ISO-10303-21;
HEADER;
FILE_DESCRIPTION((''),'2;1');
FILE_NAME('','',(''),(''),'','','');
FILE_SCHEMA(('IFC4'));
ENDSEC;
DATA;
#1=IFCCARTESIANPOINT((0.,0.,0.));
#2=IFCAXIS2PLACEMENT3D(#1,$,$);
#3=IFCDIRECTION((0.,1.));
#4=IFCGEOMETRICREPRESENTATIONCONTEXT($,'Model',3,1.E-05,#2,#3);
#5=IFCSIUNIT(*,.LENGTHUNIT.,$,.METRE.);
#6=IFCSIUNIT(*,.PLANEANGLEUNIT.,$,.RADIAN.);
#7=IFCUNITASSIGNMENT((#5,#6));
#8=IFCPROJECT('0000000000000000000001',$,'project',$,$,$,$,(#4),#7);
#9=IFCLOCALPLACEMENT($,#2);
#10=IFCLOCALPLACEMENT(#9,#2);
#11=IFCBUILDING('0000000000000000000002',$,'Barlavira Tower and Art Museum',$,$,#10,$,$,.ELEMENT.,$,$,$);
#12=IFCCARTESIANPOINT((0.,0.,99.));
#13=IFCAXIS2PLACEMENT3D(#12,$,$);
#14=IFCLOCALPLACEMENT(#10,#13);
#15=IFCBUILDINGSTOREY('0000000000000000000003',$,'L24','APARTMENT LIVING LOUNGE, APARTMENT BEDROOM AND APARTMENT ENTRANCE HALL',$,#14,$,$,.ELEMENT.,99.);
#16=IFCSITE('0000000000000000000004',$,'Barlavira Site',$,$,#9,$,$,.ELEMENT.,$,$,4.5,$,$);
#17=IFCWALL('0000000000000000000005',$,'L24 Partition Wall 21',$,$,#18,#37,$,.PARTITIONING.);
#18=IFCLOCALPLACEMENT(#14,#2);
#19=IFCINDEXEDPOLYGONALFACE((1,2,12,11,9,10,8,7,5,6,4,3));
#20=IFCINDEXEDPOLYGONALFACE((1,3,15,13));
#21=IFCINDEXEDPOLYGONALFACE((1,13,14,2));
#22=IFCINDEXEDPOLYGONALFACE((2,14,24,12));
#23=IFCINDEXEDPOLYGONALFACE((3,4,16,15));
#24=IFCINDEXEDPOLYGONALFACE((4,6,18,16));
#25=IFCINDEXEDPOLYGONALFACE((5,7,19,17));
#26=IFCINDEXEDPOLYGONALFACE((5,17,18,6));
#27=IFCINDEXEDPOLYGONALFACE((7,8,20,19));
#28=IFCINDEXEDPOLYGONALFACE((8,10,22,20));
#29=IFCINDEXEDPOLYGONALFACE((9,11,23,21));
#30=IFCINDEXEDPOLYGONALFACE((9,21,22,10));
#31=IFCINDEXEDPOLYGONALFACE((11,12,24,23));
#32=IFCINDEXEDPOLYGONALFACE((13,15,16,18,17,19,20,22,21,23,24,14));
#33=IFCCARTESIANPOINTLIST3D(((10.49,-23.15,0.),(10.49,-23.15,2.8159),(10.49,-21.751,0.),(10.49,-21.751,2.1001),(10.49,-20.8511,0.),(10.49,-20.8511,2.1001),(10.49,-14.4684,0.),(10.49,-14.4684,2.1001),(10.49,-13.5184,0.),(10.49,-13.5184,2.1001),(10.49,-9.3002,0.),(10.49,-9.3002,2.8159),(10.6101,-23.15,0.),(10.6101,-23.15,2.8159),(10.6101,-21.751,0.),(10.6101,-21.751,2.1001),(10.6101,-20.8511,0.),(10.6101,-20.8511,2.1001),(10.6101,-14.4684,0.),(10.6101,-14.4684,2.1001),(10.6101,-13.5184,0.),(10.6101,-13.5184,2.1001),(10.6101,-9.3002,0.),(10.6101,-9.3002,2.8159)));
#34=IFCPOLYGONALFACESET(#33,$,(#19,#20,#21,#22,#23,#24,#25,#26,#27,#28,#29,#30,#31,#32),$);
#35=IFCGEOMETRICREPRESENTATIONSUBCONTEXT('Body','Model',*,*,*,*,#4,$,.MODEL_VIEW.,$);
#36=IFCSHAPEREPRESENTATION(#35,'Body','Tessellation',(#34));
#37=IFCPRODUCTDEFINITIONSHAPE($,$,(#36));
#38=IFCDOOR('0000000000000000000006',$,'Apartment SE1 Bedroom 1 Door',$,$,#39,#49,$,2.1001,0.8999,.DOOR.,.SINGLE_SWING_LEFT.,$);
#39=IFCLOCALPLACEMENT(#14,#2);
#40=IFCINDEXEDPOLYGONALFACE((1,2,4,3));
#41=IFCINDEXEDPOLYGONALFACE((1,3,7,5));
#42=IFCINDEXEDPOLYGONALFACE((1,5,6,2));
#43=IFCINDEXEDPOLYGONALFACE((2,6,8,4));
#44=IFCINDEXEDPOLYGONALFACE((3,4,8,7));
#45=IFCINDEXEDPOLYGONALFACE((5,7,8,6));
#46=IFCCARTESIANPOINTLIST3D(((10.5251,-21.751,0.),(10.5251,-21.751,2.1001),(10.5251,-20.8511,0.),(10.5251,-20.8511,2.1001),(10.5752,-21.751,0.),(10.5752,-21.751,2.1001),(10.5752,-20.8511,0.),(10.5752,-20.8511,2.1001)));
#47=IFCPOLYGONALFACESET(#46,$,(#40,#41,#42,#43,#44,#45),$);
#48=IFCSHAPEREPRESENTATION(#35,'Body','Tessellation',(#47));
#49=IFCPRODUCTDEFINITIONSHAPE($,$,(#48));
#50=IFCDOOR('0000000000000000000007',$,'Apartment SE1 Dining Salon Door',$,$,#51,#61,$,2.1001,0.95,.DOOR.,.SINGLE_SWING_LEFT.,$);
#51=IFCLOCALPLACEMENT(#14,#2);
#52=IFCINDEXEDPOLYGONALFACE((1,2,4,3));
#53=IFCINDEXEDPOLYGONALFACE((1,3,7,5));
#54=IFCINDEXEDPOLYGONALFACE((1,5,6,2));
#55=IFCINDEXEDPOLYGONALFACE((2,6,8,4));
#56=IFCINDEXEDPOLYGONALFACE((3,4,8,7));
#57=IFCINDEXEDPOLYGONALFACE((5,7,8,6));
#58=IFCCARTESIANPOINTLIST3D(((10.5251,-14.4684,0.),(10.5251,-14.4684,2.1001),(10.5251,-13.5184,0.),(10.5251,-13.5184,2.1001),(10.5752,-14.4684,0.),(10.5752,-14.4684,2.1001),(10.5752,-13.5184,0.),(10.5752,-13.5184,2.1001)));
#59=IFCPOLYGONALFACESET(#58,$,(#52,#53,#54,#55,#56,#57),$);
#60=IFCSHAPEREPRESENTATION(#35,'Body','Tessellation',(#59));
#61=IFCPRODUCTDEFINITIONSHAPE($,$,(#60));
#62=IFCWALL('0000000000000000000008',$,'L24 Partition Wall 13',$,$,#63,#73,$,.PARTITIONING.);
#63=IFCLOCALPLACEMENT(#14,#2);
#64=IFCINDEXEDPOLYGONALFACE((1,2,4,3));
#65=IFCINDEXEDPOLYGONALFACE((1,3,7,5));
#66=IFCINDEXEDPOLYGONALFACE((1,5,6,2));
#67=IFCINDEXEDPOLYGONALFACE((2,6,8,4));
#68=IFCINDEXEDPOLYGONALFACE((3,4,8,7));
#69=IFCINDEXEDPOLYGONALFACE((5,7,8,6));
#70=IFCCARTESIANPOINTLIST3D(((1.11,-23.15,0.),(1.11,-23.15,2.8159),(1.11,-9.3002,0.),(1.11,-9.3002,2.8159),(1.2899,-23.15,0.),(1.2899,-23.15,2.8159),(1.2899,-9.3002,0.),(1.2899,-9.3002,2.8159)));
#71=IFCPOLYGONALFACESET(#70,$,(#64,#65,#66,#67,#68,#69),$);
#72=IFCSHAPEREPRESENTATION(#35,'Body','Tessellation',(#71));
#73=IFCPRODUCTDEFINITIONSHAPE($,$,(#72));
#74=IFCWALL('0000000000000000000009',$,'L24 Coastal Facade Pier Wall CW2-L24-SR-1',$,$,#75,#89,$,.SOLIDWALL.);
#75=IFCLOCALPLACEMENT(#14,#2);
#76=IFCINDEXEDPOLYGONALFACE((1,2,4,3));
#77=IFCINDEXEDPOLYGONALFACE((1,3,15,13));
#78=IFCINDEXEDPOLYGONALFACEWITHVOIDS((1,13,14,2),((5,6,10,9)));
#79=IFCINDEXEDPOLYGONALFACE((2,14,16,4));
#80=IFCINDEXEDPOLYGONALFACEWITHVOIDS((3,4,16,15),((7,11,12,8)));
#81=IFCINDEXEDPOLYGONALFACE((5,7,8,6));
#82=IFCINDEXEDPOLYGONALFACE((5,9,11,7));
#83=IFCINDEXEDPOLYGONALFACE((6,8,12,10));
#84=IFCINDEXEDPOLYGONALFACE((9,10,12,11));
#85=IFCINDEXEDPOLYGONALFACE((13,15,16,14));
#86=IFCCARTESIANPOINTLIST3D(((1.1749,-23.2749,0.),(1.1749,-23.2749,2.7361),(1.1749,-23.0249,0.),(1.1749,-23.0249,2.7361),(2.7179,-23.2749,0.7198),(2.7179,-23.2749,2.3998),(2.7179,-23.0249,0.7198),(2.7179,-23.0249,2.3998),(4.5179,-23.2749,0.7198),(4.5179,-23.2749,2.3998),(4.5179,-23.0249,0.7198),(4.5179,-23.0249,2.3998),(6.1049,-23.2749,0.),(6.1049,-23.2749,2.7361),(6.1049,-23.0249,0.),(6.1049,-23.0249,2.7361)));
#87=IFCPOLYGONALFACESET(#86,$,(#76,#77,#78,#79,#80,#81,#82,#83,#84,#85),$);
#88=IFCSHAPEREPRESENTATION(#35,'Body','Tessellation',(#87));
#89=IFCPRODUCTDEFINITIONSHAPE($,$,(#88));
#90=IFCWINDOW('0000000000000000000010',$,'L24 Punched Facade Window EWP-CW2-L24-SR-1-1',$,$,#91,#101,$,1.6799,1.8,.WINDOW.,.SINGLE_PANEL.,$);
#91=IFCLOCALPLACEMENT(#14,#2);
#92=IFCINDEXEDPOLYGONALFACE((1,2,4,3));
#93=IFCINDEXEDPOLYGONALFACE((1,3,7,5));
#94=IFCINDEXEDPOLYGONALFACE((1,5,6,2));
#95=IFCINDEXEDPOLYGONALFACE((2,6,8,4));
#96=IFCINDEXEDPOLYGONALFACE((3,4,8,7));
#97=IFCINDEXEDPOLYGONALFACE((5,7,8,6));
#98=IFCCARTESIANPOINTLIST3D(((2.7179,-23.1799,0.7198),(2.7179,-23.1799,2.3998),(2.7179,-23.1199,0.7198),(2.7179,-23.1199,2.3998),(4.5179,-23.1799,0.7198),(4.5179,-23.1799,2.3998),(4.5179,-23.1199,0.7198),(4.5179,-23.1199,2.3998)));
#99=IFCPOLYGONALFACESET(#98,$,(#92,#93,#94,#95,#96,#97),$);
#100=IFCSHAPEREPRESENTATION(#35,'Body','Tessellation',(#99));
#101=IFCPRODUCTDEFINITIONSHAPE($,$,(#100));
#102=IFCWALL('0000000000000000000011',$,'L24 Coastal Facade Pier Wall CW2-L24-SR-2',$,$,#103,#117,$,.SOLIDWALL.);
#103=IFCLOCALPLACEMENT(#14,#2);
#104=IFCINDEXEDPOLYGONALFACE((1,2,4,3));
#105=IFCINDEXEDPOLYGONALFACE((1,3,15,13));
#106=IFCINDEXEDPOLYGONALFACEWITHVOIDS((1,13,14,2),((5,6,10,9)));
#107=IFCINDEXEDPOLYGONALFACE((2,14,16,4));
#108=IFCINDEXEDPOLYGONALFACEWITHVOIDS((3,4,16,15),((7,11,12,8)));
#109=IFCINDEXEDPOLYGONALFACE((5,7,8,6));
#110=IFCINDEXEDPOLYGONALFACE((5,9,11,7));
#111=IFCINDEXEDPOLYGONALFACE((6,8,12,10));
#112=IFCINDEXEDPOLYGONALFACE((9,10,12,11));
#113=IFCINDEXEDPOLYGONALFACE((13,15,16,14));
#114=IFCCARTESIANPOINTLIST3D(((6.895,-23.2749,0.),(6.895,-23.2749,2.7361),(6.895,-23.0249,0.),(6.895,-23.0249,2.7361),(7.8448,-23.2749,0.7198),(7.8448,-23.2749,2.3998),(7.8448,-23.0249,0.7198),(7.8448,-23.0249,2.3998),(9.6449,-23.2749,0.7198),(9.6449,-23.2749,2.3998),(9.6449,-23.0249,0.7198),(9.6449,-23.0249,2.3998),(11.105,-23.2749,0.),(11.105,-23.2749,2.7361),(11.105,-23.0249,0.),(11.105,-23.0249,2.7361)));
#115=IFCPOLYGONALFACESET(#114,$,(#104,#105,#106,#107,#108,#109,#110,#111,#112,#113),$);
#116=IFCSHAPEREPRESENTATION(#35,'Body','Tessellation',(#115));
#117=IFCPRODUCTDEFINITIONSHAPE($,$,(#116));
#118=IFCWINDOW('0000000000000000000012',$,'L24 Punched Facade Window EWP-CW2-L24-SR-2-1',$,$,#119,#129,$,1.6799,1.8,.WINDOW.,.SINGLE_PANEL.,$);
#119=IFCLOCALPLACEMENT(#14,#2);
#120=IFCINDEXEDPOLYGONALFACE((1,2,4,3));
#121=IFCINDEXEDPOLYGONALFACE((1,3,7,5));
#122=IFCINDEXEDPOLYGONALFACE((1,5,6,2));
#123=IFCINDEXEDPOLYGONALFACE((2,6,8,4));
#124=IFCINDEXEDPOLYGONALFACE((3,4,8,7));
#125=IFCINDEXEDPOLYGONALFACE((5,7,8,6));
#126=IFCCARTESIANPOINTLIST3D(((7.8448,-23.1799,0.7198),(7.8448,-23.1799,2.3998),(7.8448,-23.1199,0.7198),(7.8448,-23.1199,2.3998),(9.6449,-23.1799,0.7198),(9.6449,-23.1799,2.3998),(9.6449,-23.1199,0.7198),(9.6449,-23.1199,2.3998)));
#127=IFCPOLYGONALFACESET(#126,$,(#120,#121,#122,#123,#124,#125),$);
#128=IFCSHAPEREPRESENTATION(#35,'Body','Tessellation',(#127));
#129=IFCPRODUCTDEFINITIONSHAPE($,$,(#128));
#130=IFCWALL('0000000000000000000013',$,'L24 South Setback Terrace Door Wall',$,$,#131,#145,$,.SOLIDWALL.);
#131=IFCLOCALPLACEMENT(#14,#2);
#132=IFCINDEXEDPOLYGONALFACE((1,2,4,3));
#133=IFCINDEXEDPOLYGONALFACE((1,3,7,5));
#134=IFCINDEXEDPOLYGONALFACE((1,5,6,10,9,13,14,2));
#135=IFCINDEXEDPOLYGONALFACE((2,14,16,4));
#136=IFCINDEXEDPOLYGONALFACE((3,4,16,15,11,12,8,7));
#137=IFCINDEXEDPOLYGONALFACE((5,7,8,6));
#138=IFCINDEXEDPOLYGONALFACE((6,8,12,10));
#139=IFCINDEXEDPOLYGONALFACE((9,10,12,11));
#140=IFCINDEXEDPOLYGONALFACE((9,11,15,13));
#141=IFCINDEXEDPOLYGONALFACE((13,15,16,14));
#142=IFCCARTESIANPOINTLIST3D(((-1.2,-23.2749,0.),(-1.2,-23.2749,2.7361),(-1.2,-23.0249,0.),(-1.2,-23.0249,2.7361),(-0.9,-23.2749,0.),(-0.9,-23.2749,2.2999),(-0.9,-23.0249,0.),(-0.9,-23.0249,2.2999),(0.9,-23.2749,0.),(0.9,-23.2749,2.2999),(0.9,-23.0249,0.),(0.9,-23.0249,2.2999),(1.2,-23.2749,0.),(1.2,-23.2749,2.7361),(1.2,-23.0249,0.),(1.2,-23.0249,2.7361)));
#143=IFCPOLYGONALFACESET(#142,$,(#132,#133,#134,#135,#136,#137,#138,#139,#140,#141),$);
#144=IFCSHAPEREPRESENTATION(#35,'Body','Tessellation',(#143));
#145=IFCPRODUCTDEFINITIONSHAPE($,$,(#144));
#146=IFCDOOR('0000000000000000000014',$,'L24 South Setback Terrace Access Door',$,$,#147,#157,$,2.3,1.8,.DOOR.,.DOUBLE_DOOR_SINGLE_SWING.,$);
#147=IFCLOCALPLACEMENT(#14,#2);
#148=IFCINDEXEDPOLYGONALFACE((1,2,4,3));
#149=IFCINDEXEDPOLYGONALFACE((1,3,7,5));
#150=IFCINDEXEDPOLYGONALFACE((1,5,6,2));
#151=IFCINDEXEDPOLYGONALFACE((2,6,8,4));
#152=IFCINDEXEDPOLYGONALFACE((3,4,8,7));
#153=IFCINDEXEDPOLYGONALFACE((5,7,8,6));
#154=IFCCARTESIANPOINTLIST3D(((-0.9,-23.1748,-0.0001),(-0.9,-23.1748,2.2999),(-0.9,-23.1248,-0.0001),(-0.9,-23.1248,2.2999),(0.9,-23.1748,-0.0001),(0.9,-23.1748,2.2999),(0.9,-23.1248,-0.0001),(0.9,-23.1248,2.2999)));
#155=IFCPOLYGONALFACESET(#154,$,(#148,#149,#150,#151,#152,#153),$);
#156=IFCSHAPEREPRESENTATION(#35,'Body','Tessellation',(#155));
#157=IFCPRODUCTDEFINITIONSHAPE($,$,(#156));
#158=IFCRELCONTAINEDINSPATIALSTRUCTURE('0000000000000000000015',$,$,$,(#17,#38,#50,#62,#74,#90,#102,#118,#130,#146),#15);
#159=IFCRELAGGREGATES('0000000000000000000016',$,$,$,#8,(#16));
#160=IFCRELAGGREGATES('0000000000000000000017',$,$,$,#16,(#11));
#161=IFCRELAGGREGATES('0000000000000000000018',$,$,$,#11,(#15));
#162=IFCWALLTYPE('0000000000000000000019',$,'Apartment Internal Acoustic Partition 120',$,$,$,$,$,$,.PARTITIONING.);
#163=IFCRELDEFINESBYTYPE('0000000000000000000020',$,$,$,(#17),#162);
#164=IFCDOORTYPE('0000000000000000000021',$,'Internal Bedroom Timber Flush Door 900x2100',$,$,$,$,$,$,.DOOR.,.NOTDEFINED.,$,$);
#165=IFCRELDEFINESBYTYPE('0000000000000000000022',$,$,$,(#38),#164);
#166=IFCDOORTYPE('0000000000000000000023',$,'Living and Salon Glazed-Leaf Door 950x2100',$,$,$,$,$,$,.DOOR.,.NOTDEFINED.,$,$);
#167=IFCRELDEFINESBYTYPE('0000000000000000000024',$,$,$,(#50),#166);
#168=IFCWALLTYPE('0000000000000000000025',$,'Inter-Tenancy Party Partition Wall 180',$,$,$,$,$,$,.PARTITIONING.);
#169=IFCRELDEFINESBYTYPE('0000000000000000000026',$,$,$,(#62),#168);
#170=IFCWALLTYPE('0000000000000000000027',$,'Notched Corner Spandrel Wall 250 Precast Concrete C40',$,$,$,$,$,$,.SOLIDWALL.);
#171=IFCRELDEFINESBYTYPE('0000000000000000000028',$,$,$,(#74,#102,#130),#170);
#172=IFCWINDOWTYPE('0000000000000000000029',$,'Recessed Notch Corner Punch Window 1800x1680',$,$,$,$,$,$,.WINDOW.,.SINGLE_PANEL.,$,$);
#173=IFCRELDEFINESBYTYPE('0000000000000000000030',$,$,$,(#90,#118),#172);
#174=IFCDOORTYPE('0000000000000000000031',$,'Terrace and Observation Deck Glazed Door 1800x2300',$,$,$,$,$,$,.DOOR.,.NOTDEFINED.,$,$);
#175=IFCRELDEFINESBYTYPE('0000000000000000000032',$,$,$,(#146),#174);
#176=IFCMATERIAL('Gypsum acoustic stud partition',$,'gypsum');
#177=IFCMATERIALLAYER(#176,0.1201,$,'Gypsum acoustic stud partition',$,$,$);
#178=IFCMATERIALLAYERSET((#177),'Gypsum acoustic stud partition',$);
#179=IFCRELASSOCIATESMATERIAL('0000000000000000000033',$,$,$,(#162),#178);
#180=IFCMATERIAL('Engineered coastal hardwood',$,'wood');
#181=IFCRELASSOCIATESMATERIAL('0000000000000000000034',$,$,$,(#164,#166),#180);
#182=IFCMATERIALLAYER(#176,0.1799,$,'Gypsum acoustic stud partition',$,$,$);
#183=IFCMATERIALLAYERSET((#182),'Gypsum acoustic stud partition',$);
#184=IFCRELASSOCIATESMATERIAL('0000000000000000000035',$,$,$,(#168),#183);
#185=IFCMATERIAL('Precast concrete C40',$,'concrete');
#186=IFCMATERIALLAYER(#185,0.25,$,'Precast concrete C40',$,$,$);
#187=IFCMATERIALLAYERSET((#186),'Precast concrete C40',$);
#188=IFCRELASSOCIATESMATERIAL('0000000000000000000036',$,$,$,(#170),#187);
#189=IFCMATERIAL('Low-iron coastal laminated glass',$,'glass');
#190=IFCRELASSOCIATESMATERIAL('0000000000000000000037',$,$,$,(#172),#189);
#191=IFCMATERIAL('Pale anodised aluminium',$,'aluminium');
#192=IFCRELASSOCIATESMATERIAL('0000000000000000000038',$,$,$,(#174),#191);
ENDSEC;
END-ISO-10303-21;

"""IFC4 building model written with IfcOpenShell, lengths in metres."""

from ifc_helpers import new_model, si_unit, direction, frame, frame_2d, origin, place, context, subcontext, project, spatial, rectangle, extrude, material, layer, layer_set, type_object, element, fill, save


model = new_model("IFC4")

# Units and contexts
model_context = context("Model", 3, precision=1e-05, world=origin(), true_north=direction((0.0, 1.0)))
body_context = subcontext(model_context, "Body", "Model", "MODEL_VIEW")
ifc_project = project(units=[si_unit("LENGTHUNIT", "METRE"), si_unit("PLANEANGLEUNIT", "RADIAN")], contexts=[model_context])

# Site, building, storey
site_placement = place(None, origin())
site = spatial("IfcSite", under=ifc_project, at=site_placement, Name="Barlavira Site", CompositionType="ELEMENT", RefElevation=4.5)
building_placement = place(site_placement, origin())
building = spatial("IfcBuilding", under=site, at=building_placement, Name="Barlavira Tower and Art Museum", CompositionType="ELEMENT")
storey_placement = place(building_placement, frame((0.0, 0.0, 99.0)))
storey = spatial("IfcBuildingStorey", under=building, at=storey_placement, Name="L24", Description="APARTMENT LIVING LOUNGE, APARTMENT BEDROOM AND APARTMENT ENTRANCE HALL", CompositionType="ELEMENT", Elevation=99.0)

# Wall, openings, doors
ifc_material_1 = material(Name="Gypsum acoustic stud partition", Category="gypsum")
ifc_layer_1 = layer(ifc_material_1, 0.1201, Name="Gypsum acoustic stud partition")
ifc_layer_set_1 = layer_set([ifc_layer_1], Name="Gypsum acoustic stud partition")
wall_type_1 = type_object("IfcWallType", Name="Apartment Internal Acoustic Partition 120", PredefinedType="PARTITIONING", material=ifc_layer_set_1)
wall_1_placement = place(storey_placement, frame((10.55, -23.1499, 0.0), z_axis=(0.0, 0.0, 1.0), x_axis=(0.0, 1.0, 0.0)))
wall_1 = element("IfcWall", 1, at=wall_1_placement, inside=storey, type_object=wall_type_1, Name="L24 Partition Wall 21", PredefinedType="PARTITIONING", context=body_context, shape_type="SweptSolid", body=[
    extrude(rectangle(XDim=13.8499, YDim=0.1201, at=frame_2d((6.9248, 0.0))), origin(), (0.0, 0.0, 1.0), 2.8159),
])
opening_1_placement = place(wall_1_placement, frame((8.6814, 0.0, 0.0)))
opening_1 = element("IfcOpeningElement", 2, at=opening_1_placement, cuts=wall_1, PredefinedType="OPENING", context=body_context, shape_type="SweptSolid", body=[
    extrude(rectangle(XDim=0.95, YDim=2.1001, at=frame_2d((0.4751, 1.05))), frame((0.0, 0.0701, 0.0), z_axis=(0.0, -1.0, 0.0), x_axis=(1.0, 0.0, 0.0)), (0.0, 0.0, 1.0), 0.1401),
])
opening_2_placement = place(wall_1_placement, frame((1.3989, 0.0, 0.0)))
opening_2 = element("IfcOpeningElement", 3, at=opening_2_placement, cuts=wall_1, PredefinedType="OPENING", context=body_context, shape_type="SweptSolid", body=[
    extrude(rectangle(XDim=0.8999, YDim=2.1001, at=frame_2d((0.45, 1.05))), frame((0.0, 0.0701, 0.0), z_axis=(0.0, -1.0, 0.0), x_axis=(1.0, 0.0, 0.0)), (0.0, 0.0, 1.0), 0.1401),
])
ifc_material_2 = material(Name="Engineered coastal hardwood", Category="wood")
door_type_1 = type_object("IfcDoorType", Name="Internal Bedroom Timber Flush Door 900x2100", OperationType="NOTDEFINED", PredefinedType="DOOR", material=ifc_material_2)
door_1_placement = place(opening_2_placement, origin())
door_1 = element("IfcDoor", 4, at=door_1_placement, inside=storey, type_object=door_type_1, Name="Apartment SE1 Bedroom 1 Door", OperationType="SINGLE_SWING_LEFT", OverallHeight=2.1001, OverallWidth=0.8999, PredefinedType="DOOR", context=body_context, shape_type="SweptSolid", body=[
    extrude(rectangle(XDim=0.8999, YDim=2.1001, at=frame_2d((0.45, 1.05))), frame((0.0, 0.0249, 0.0), z_axis=(0.0, -1.0, 0.0), x_axis=(1.0, 0.0, 0.0)), (0.0, 0.0, 1.0), 0.05),
])
fill(opening_2, door_1)
door_type_2 = type_object("IfcDoorType", Name="Living and Salon Glazed-Leaf Door 950x2100", OperationType="NOTDEFINED", PredefinedType="DOOR", material=ifc_material_2)
door_2_placement = place(opening_1_placement, origin())
door_2 = element("IfcDoor", 5, at=door_2_placement, inside=storey, type_object=door_type_2, Name="Apartment SE1 Dining Salon Door", OperationType="SINGLE_SWING_LEFT", OverallHeight=2.1001, OverallWidth=0.95, PredefinedType="DOOR", context=body_context, shape_type="SweptSolid", body=[
    extrude(rectangle(XDim=0.95, YDim=2.1001, at=frame_2d((0.4751, 1.05))), frame((0.0, 0.0249, 0.0), z_axis=(0.0, -1.0, 0.0), x_axis=(1.0, 0.0, 0.0)), (0.0, 0.0, 1.0), 0.05),
])
fill(opening_1, door_2)

# Wall
ifc_layer_2 = layer(ifc_material_1, 0.1799, Name="Gypsum acoustic stud partition")
ifc_layer_set_2 = layer_set([ifc_layer_2], Name="Gypsum acoustic stud partition")
wall_type_2 = type_object("IfcWallType", Name="Inter-Tenancy Party Partition Wall 180", PredefinedType="PARTITIONING", material=ifc_layer_set_2)
wall_2_placement = place(storey_placement, frame((1.2, -23.1499, 0.0), z_axis=(0.0, 0.0, 1.0), x_axis=(0.0, 1.0, 0.0)))
element("IfcWall", 6, at=wall_2_placement, inside=storey, type_object=wall_type_2, Name="L24 Partition Wall 13", PredefinedType="PARTITIONING", context=body_context, shape_type="SweptSolid", body=[
    extrude(rectangle(XDim=13.8499, YDim=0.1799, at=frame_2d((6.9248, 0.0))), origin(), (0.0, 0.0, 1.0), 2.8159),
])

# Walls, openings, windows
ifc_material_3 = material(Name="Precast concrete C40", Category="concrete")
ifc_layer_3 = layer(ifc_material_3, 0.25, Name="Precast concrete C40")
ifc_layer_set_3 = layer_set([ifc_layer_3], Name="Precast concrete C40")
wall_type_3 = type_object("IfcWallType", Name="Notched Corner Spandrel Wall 250 Precast Concrete C40", PredefinedType="SOLIDWALL", material=ifc_layer_set_3)
wall_3_placement = place(storey_placement, frame((1.175, -23.1499, 0.0), z_axis=(0.0, 0.0, 1.0), x_axis=(1.0, 0.0, 0.0)))
wall_3 = element("IfcWall", 7, at=wall_3_placement, inside=storey, type_object=wall_type_3, Name="L24 Coastal Facade Pier Wall CW2-L24-SR-1", PredefinedType="SOLIDWALL", context=body_context, shape_type="SweptSolid", body=[
    extrude(rectangle(XDim=4.9299, YDim=0.25, at=frame_2d((2.4648, 0.0))), origin(), (0.0, 0.0, 1.0), 2.7361),
])
opening_3_placement = place(wall_3_placement, frame((1.543, 0.0, 0.72)))
opening_3 = element("IfcOpeningElement", 8, at=opening_3_placement, cuts=wall_3, PredefinedType="OPENING", context=body_context, shape_type="SweptSolid", body=[
    extrude(rectangle(XDim=1.8, YDim=1.6799, at=frame_2d((0.8999, 0.8398))), frame((0.0, 0.135, 0.0), z_axis=(0.0, -1.0, 0.0), x_axis=(1.0, 0.0, 0.0)), (0.0, 0.0, 1.0), 0.27),
])
ifc_material_4 = material(Name="Low-iron coastal laminated glass", Category="glass")
window_type = type_object("IfcWindowType", Name="Recessed Notch Corner Punch Window 1800x1680", PartitioningType="SINGLE_PANEL", PredefinedType="WINDOW", material=ifc_material_4)
window_1_placement = place(opening_3_placement, origin())
window_1 = element("IfcWindow", 9, at=window_1_placement, inside=storey, type_object=window_type, Name="L24 Punched Facade Window EWP-CW2-L24-SR-1-1", OverallHeight=1.6799, OverallWidth=1.8, PartitioningType="SINGLE_PANEL", PredefinedType="WINDOW", context=body_context, shape_type="SweptSolid", body=[
    extrude(rectangle(XDim=1.8, YDim=1.6799, at=frame_2d((0.8999, 0.8398))), frame((0.0, 0.03, 0.0), z_axis=(0.0, -1.0, 0.0), x_axis=(1.0, 0.0, 0.0)), (0.0, 0.0, 1.0), 0.0601),
])
fill(opening_3, window_1)
wall_4_placement = place(storey_placement, frame((6.895, -23.1499, 0.0), z_axis=(0.0, 0.0, 1.0), x_axis=(1.0, 0.0, 0.0)))
wall_4 = element("IfcWall", 10, at=wall_4_placement, inside=storey, type_object=wall_type_3, Name="L24 Coastal Facade Pier Wall CW2-L24-SR-2", PredefinedType="SOLIDWALL", context=body_context, shape_type="SweptSolid", body=[
    extrude(rectangle(XDim=4.21, YDim=0.25, at=frame_2d((2.105, 0.0))), origin(), (0.0, 0.0, 1.0), 2.7361),
])
opening_4_placement = place(wall_4_placement, frame((0.95, 0.0, 0.72)))
opening_4 = element("IfcOpeningElement", 11, at=opening_4_placement, cuts=wall_4, PredefinedType="OPENING", context=body_context, shape_type="SweptSolid", body=[
    extrude(rectangle(XDim=1.8, YDim=1.6799, at=frame_2d((0.8999, 0.8398))), frame((0.0, 0.135, 0.0), z_axis=(0.0, -1.0, 0.0), x_axis=(1.0, 0.0, 0.0)), (0.0, 0.0, 1.0), 0.27),
])
window_2_placement = place(opening_4_placement, origin())
window_2 = element("IfcWindow", 12, at=window_2_placement, inside=storey, type_object=window_type, Name="L24 Punched Facade Window EWP-CW2-L24-SR-2-1", OverallHeight=1.6799, OverallWidth=1.8, PartitioningType="SINGLE_PANEL", PredefinedType="WINDOW", context=body_context, shape_type="SweptSolid", body=[
    extrude(rectangle(XDim=1.8, YDim=1.6799, at=frame_2d((0.8999, 0.8398))), frame((0.0, 0.03, 0.0), z_axis=(0.0, -1.0, 0.0), x_axis=(1.0, 0.0, 0.0)), (0.0, 0.0, 1.0), 0.0601),
])
fill(opening_4, window_2)

# Wall, opening, door
wall_5_placement = place(storey_placement, frame((1.2, -23.1499, 0.0), z_axis=(0.0, 0.0, 1.0), x_axis=(-1.0, 0.0, 0.0)))
wall_5 = element("IfcWall", 13, at=wall_5_placement, inside=storey, type_object=wall_type_3, Name="L24 South Setback Terrace Door Wall", PredefinedType="SOLIDWALL", context=body_context, shape_type="SweptSolid", body=[
    extrude(rectangle(XDim=2.3999, YDim=0.25, at=frame_2d((1.2, 0.0))), origin(), (0.0, 0.0, 1.0), 2.7361),
])
opening_5_placement = place(wall_5_placement, frame((0.3, 0.0, 0.0)))
opening_5 = element("IfcOpeningElement", 14, at=opening_5_placement, cuts=wall_5, PredefinedType="OPENING", context=body_context, shape_type="SweptSolid", body=[
    extrude(rectangle(XDim=1.8, YDim=2.3, at=frame_2d((0.8999, 1.1499))), frame((0.0, 0.135, 0.0), z_axis=(0.0, -1.0, 0.0), x_axis=(1.0, 0.0, 0.0)), (0.0, 0.0, 1.0), 0.27),
])
ifc_material_5 = material(Name="Pale anodised aluminium", Category="aluminium")
door_type_3 = type_object("IfcDoorType", Name="Terrace and Observation Deck Glazed Door 1800x2300", OperationType="NOTDEFINED", PredefinedType="DOOR", material=ifc_material_5)
door_3_placement = place(opening_5_placement, origin())
door_3 = element("IfcDoor", 15, at=door_3_placement, inside=storey, type_object=door_type_3, Name="L24 South Setback Terrace Access Door", OperationType="DOUBLE_DOOR_SINGLE_SWING", OverallHeight=2.3, OverallWidth=1.8, PredefinedType="DOOR", context=body_context, shape_type="SweptSolid", body=[
    extrude(rectangle(XDim=1.8, YDim=2.3, at=frame_2d((0.8999, 1.1499))), frame((0.0, 0.0249, 0.0), z_axis=(0.0, -1.0, 0.0), x_axis=(1.0, 0.0, 0.0)), (0.0, 0.0, 1.0), 0.05),
])
fill(opening_5, door_3)

save(model, "model.ifc")
